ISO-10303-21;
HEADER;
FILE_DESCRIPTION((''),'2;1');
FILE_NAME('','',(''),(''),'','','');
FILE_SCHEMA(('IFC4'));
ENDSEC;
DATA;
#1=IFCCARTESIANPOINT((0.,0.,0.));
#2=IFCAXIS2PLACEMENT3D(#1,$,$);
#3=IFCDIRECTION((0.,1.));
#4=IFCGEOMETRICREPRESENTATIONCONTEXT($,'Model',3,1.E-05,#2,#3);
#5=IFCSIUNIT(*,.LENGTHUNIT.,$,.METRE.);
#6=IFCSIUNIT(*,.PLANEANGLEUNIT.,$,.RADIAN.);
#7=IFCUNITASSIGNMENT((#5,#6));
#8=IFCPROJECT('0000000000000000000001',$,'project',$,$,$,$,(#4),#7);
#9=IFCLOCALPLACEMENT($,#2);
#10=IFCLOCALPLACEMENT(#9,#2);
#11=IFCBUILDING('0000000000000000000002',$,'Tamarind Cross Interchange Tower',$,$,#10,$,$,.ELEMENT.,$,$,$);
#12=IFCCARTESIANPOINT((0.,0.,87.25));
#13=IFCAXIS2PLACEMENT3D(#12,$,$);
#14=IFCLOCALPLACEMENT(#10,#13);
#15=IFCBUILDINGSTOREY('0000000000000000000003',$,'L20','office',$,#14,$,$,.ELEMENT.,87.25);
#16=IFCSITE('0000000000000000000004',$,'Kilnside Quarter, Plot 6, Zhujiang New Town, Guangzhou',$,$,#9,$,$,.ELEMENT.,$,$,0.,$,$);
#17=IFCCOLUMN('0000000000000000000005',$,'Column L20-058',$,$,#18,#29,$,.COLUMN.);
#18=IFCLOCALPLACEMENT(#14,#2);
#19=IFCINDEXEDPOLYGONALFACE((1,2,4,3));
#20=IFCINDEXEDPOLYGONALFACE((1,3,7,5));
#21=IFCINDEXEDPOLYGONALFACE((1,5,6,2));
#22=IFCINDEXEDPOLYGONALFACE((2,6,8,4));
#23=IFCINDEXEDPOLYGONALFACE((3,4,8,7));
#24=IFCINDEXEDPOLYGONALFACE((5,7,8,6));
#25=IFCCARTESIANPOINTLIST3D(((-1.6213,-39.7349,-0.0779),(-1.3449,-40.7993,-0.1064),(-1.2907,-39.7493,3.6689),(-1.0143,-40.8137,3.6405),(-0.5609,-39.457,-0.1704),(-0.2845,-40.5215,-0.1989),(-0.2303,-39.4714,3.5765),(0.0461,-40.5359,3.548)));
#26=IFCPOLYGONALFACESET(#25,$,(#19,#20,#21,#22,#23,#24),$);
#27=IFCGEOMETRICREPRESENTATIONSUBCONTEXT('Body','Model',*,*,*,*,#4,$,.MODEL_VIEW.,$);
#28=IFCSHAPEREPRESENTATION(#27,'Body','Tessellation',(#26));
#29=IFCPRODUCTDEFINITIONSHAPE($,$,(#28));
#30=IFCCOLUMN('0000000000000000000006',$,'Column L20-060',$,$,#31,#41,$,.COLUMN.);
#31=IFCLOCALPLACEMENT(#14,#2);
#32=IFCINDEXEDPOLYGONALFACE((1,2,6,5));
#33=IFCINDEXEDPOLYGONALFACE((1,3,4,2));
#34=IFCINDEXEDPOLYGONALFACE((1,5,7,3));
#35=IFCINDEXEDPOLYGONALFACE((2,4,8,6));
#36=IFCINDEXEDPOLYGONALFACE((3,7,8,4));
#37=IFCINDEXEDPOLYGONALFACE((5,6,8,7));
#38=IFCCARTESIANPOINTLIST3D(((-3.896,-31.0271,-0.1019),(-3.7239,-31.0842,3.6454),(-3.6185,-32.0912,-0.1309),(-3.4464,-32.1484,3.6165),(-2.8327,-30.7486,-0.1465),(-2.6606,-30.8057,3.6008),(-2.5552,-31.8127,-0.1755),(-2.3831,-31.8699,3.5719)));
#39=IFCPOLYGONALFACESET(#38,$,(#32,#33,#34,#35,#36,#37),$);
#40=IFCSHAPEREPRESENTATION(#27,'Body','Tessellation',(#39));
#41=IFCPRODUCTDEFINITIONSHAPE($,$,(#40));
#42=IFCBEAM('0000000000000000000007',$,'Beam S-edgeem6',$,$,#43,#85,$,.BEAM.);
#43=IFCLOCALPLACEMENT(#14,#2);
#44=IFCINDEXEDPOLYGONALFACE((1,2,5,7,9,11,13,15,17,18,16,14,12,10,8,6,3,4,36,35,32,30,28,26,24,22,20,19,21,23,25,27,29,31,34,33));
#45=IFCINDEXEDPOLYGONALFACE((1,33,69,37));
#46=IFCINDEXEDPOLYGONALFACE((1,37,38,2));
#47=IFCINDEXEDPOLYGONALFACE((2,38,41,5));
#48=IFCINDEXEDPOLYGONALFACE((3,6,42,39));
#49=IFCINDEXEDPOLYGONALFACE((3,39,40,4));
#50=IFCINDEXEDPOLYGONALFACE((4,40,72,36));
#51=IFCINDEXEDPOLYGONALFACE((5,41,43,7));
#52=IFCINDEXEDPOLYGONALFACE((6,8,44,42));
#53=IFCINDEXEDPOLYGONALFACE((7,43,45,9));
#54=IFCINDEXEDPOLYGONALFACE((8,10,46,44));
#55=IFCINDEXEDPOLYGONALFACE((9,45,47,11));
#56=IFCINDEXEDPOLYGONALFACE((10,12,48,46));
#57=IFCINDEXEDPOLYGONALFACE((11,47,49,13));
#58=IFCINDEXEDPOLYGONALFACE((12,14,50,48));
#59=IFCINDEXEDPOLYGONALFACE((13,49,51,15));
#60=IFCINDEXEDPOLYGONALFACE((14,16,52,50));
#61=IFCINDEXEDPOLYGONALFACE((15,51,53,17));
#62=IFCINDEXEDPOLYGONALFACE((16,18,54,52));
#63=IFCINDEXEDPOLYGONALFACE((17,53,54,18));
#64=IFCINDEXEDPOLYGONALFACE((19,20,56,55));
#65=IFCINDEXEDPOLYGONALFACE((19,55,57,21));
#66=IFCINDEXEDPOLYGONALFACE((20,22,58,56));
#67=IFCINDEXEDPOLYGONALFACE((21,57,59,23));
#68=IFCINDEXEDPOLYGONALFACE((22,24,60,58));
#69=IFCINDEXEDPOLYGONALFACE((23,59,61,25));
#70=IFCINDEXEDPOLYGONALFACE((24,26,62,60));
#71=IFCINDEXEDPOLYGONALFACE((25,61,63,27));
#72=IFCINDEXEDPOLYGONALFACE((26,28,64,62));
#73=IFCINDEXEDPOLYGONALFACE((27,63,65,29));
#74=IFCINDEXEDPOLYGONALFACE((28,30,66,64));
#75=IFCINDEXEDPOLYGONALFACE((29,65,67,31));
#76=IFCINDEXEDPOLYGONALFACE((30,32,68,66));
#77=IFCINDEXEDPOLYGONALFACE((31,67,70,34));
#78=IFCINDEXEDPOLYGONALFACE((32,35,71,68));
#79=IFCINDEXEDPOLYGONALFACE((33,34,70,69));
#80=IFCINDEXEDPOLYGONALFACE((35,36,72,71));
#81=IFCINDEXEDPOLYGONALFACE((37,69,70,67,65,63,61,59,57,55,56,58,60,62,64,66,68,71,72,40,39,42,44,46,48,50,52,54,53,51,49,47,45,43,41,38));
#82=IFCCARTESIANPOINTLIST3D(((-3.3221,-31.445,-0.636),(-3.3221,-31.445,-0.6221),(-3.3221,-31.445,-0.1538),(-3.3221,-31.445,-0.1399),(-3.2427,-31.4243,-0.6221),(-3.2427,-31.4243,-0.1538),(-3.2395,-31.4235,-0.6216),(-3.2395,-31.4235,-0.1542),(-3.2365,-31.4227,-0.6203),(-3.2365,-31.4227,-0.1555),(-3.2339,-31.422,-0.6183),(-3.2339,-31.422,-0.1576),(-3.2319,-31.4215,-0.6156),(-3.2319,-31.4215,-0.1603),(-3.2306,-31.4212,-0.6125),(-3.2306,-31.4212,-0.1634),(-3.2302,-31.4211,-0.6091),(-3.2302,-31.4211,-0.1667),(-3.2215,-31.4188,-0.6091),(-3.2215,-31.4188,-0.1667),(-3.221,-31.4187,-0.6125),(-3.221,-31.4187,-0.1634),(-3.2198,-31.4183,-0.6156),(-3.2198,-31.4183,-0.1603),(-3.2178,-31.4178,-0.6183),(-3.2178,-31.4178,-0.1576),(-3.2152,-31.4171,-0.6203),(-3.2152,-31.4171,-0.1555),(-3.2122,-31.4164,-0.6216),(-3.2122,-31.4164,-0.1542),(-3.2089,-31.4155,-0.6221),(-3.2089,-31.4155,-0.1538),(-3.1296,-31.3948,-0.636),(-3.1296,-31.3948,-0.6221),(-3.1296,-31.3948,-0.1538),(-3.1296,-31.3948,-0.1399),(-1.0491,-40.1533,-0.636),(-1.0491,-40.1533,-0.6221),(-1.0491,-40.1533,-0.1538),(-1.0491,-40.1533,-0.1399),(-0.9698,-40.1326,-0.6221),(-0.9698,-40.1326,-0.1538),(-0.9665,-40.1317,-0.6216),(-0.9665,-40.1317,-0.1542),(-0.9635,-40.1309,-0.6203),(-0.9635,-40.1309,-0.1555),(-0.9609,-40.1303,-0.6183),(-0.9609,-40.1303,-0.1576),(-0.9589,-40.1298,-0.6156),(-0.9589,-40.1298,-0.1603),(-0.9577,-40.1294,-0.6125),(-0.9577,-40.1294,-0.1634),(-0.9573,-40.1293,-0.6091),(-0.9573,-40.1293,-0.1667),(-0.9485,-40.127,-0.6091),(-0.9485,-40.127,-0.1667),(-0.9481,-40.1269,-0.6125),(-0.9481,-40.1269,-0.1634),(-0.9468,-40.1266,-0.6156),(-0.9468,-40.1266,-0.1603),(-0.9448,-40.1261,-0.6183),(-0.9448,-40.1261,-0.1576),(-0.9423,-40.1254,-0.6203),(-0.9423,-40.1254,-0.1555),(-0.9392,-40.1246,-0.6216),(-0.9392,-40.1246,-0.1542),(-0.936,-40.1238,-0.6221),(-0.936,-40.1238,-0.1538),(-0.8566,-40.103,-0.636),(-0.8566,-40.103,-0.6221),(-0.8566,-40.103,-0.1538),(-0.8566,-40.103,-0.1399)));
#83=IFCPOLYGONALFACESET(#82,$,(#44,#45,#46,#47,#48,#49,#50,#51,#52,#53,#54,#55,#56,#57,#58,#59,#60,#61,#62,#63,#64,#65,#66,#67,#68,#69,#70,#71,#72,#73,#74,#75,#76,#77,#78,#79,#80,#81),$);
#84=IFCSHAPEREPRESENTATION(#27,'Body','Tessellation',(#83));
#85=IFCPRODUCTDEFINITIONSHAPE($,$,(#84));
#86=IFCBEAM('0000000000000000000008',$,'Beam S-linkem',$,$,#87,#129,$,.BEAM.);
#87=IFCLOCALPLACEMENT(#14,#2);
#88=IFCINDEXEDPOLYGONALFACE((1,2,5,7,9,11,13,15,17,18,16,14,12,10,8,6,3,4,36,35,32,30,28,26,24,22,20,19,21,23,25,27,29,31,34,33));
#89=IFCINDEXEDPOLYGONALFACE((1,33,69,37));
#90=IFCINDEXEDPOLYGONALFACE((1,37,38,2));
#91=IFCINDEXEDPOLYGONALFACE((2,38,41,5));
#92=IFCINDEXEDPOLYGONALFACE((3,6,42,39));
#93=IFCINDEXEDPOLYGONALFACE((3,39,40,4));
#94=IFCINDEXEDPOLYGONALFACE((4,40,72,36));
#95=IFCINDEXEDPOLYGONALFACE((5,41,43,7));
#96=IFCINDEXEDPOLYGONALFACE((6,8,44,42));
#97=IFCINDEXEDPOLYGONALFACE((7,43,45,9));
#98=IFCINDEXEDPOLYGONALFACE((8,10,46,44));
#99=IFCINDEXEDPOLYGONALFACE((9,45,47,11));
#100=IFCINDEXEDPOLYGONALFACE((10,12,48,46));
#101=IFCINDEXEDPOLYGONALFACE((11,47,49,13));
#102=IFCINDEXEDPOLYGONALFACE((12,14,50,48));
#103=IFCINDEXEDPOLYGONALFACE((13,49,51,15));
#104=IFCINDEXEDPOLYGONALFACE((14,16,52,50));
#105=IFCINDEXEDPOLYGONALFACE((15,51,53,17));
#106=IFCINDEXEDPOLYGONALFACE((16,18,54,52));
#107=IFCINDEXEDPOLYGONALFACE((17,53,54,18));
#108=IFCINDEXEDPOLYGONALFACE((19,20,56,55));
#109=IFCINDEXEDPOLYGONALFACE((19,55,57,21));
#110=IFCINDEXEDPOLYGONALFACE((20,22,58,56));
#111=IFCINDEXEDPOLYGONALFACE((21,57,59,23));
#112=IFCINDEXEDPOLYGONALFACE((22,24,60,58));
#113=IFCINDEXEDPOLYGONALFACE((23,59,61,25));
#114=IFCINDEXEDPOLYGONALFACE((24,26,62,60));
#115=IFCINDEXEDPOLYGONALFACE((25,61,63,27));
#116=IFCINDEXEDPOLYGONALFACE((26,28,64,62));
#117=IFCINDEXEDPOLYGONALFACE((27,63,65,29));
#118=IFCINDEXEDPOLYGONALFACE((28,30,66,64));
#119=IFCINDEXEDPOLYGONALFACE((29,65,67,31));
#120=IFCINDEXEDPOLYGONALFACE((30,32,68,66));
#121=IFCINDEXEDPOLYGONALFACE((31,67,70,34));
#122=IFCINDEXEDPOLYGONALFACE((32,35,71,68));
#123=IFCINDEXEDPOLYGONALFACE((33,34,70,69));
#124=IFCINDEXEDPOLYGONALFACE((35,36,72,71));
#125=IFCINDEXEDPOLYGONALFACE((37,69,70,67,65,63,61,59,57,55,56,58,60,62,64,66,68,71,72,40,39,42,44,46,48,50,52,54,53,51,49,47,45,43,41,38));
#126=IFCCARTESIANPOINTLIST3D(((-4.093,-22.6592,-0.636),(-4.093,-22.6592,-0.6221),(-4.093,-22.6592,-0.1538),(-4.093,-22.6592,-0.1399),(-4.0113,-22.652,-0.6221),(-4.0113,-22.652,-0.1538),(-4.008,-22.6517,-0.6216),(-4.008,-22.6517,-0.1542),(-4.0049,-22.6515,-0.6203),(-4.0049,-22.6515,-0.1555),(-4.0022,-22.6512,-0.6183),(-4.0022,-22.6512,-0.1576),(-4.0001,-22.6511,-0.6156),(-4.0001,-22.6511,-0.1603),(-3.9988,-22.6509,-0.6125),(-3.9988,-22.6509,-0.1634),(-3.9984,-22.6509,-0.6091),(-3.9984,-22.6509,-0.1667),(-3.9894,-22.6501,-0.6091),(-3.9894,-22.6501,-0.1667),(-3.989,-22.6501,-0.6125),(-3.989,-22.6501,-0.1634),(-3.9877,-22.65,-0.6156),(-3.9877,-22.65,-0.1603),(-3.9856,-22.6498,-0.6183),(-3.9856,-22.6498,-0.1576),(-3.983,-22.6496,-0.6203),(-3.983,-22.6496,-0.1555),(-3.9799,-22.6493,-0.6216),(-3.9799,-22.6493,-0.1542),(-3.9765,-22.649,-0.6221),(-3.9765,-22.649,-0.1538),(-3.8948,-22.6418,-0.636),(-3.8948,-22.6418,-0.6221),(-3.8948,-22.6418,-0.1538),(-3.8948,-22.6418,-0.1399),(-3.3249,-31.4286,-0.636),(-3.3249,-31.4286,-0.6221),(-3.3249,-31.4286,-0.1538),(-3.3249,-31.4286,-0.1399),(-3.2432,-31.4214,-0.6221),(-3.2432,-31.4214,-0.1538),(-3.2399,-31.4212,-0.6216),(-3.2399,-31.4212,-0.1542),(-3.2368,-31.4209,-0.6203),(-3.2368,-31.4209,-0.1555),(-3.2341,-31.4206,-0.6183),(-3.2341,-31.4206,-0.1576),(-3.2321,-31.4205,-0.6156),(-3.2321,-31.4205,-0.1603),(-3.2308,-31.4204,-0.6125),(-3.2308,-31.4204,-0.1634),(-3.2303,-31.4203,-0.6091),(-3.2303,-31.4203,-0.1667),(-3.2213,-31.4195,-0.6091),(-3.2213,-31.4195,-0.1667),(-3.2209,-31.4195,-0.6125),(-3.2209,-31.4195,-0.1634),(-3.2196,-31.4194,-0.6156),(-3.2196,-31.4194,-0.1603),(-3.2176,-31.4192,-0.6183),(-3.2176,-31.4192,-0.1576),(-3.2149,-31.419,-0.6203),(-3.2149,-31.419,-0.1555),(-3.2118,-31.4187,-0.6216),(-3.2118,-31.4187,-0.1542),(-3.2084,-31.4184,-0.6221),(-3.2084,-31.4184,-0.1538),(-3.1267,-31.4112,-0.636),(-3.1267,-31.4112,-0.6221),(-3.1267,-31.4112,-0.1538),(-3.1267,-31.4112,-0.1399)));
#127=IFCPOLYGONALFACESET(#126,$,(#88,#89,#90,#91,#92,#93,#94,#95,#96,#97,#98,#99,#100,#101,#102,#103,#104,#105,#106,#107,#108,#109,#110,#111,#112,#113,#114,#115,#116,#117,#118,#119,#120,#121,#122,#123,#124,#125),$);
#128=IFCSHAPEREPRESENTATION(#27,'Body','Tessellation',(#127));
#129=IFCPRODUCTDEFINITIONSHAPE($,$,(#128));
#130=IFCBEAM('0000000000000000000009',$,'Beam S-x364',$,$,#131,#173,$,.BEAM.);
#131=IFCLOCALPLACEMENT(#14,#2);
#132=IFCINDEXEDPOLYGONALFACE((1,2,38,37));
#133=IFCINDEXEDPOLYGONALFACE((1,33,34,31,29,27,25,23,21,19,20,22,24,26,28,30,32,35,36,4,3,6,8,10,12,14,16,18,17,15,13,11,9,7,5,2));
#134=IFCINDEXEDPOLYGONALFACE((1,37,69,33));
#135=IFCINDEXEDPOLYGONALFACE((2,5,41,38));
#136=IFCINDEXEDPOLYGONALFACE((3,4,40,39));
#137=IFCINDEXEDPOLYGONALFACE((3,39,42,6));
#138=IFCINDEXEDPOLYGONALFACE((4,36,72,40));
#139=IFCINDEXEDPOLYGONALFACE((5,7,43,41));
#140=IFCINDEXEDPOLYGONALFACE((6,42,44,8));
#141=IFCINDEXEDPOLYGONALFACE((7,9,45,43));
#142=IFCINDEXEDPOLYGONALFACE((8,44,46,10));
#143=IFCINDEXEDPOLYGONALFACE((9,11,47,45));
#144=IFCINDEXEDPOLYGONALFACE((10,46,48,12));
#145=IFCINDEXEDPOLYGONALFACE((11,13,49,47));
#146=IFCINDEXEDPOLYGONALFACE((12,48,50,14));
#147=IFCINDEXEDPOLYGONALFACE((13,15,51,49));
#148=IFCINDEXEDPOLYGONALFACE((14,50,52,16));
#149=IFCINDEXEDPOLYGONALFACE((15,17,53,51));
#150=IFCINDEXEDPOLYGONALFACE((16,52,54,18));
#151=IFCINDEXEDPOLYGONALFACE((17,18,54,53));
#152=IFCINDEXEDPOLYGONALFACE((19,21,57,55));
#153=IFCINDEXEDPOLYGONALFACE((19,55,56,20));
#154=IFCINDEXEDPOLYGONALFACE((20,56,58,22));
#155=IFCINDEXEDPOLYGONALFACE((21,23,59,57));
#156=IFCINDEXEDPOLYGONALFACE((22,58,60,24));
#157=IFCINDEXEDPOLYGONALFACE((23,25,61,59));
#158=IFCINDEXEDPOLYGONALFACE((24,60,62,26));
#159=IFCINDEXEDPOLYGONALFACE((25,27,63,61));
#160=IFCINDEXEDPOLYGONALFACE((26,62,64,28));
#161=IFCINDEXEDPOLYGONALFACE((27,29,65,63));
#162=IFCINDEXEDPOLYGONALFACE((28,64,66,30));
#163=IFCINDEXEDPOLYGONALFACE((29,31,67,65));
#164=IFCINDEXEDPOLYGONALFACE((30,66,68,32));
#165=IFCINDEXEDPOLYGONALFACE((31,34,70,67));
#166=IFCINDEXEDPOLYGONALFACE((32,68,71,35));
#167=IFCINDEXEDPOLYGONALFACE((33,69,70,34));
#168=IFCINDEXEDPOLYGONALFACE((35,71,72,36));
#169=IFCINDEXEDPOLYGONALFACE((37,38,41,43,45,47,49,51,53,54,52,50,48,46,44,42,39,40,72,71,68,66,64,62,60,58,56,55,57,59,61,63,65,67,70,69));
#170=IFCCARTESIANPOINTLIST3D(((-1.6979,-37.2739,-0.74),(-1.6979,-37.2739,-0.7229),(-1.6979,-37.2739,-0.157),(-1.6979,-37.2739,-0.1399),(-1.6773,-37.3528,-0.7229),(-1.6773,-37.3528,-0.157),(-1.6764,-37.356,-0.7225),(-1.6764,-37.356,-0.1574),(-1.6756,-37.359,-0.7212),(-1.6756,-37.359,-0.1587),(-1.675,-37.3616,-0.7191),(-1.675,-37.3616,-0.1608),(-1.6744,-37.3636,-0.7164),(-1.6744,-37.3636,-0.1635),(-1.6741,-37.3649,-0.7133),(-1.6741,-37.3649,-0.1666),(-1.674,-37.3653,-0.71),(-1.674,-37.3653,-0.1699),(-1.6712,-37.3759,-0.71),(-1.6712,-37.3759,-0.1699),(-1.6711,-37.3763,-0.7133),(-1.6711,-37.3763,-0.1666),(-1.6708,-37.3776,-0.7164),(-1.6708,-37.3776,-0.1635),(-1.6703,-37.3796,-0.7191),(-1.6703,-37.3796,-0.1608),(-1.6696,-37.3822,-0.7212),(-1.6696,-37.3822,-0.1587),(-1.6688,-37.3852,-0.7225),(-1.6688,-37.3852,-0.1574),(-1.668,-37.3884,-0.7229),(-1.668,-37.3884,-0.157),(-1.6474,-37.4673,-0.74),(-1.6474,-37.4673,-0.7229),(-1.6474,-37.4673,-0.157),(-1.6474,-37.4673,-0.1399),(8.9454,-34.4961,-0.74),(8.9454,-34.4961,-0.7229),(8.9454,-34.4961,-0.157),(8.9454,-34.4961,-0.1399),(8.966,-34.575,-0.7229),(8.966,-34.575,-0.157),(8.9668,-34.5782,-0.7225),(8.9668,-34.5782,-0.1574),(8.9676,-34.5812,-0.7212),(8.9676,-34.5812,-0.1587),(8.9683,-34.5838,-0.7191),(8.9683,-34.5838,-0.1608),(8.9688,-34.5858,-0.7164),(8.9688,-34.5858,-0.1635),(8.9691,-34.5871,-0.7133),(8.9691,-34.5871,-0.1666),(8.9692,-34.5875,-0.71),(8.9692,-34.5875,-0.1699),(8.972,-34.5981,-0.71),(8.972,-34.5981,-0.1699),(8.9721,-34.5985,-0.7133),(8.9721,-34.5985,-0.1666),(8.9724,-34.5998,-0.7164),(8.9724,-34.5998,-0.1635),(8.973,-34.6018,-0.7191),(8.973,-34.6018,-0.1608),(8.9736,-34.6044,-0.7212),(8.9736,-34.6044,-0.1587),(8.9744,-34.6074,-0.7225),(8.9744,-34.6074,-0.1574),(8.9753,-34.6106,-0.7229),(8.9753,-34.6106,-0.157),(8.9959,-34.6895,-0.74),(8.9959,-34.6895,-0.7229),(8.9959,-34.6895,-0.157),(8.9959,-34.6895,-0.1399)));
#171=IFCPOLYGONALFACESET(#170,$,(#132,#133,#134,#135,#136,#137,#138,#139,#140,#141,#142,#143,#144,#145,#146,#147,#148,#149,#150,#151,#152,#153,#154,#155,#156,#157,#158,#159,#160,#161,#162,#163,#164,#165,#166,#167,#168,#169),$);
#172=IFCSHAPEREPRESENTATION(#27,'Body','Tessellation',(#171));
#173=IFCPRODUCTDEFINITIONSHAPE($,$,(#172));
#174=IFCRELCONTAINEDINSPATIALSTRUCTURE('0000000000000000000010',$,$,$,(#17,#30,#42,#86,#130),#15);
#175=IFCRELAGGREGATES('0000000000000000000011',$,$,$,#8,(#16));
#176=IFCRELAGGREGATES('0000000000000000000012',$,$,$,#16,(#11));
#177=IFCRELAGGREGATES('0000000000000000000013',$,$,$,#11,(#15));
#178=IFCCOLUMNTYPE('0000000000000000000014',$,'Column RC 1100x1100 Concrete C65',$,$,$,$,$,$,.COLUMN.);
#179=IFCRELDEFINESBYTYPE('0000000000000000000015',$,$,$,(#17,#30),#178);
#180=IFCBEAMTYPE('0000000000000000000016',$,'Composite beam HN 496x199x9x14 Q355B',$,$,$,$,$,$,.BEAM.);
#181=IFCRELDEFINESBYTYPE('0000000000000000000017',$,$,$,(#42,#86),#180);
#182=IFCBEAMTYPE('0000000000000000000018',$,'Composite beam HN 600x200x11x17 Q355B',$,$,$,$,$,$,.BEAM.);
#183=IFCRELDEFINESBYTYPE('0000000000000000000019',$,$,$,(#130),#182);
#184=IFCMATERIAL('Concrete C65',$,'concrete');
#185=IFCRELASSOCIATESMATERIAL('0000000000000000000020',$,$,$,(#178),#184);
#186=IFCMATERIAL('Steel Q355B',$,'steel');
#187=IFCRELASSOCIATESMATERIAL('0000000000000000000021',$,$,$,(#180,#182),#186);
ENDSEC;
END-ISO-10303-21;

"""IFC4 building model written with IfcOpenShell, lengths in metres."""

from ifc_helpers import new_model, si_unit, direction, frame, origin, origin_2d, place, context, subcontext, project, spatial, rectangle, i_section, extrude, material, material_profile, profile_set, type_object, element, save


model = new_model("IFC4")

# Units and contexts
model_context = context("Model", 3, precision=1e-05, world=origin(), true_north=direction((0.0, 1.0)))
body_context = subcontext(model_context, "Body", "Model", "MODEL_VIEW")
ifc_project = project(units=[si_unit("LENGTHUNIT", "METRE"), si_unit("PLANEANGLEUNIT", "RADIAN")], contexts=[model_context])

# Site, building, storey
site_placement = place(None, origin())
site = spatial("IfcSite", under=ifc_project, at=site_placement, Name="Kilnside Quarter, Plot 6, Zhujiang New Town, Guangzhou", CompositionType="ELEMENT", RefElevation=0.0)
building_placement = place(site_placement, origin())
building = spatial("IfcBuilding", under=site, at=building_placement, Name="Tamarind Cross Interchange Tower", CompositionType="ELEMENT")
storey_placement = place(building_placement, frame((0.0, 0.0, 87.25)))
storey = spatial("IfcBuildingStorey", under=building, at=storey_placement, Name="L20", Description="office", CompositionType="ELEMENT", Elevation=87.25)

# Columns
ifc_material_1 = material(Name="Concrete C65", Category="concrete")
ifc_material_profile_1 = material_profile(ifc_material_1, rectangle(XDim=1.1001, YDim=1.1001, at=origin_2d()), Name="RC 1100x1100")
ifc_profile_set_1 = profile_set([ifc_material_profile_1], Name="Concrete C65")
column_type = type_object("IfcColumnType", Name="Column RC 1100x1100 Concrete C65", PredefinedType="COLUMN", material=ifc_profile_set_1)
column_1_placement = place(storey_placement, frame((-0.9529, -40.1282, -0.1384), z_axis=(0.087884, -0.003829, 0.996123), x_axis=(-0.25125, 0.967576, 0.025886)))
element("IfcColumn", 1, at=column_1_placement, inside=storey, type_object=column_type, Name="Column L20-058", PredefinedType="COLUMN", context=body_context, shape_type="SweptSolid", body=[
    extrude(rectangle(XDim=1.1001, YDim=1.1001, at=origin_2d()), origin(), (0.0, 0.0, 1.0), 3.7615),
])
column_2_placement = place(storey_placement, frame((-3.2256, -31.4199, -0.1387), z_axis=(0.045878, -0.015227, 0.998831), x_axis=(-0.252247, 0.967305, 0.026333)))
element("IfcColumn", 2, at=column_2_placement, inside=storey, type_object=column_type, Name="Column L20-060", PredefinedType="COLUMN", context=body_context, shape_type="SweptSolid", body=[
    extrude(rectangle(XDim=1.1001, YDim=1.1001, at=origin_2d()), origin(), (0.0, 0.0, 1.0), 3.7517),
])

# Beams
ifc_material_2 = material(Name="Steel Q355B", Category="steel")
ifc_material_profile_2 = material_profile(ifc_material_2, i_section(OverallWidth=0.199, OverallDepth=0.4961, WebThickness=0.009, FlangeThickness=0.0139, FilletRadius=0.0129, at=origin_2d()), Name="HN 496x199x9x14")
ifc_profile_set_2 = profile_set([ifc_material_profile_2], Name="Steel Q355B")
beam_type_1 = type_object("IfcBeamType", Name="Composite beam HN 496x199x9x14 Q355B", PredefinedType="BEAM", material=ifc_profile_set_2)
beam_1_placement = place(storey_placement, frame((-0.9529, -40.1282, -0.3879), z_axis=(-0.25255, 0.967584, 0.0), x_axis=(-0.967584, -0.25255, 0.0)))
element("IfcBeam", 3, at=beam_1_placement, inside=storey, type_object=beam_type_1, Name="Beam S-edgeem6", PredefinedType="BEAM", context=body_context, shape_type="SweptSolid", body=[
    extrude(i_section(OverallWidth=0.199, OverallDepth=0.4961, WebThickness=0.009, FlangeThickness=0.0139, FilletRadius=0.0129, at=origin_2d()), origin(), (0.0, 0.0, 1.0), 9.0),
])
beam_2_placement = place(storey_placement, frame((-3.2258, -31.4199, -0.3879), z_axis=(-0.087252, 0.996186, 0.0), x_axis=(-0.996186, -0.087252, 0.0)))
element("IfcBeam", 4, at=beam_2_placement, inside=storey, type_object=beam_type_1, Name="Beam S-linkem", PredefinedType="BEAM", context=body_context, shape_type="SweptSolid", body=[
    extrude(i_section(OverallWidth=0.199, OverallDepth=0.4961, WebThickness=0.009, FlangeThickness=0.0139, FilletRadius=0.0129, at=origin_2d()), origin(), (0.0, 0.0, 1.0), 8.803),
])
ifc_material_profile_3 = material_profile(ifc_material_2, i_section(OverallWidth=0.2, OverallDepth=0.6001, WebThickness=0.011, FlangeThickness=0.0171, FilletRadius=0.0129, at=origin_2d()), Name="HN 600x200x11x17")
ifc_profile_set_3 = profile_set([ifc_material_profile_3], Name="Steel Q355B")
beam_type_2 = type_object("IfcBeamType", Name="Composite beam HN 600x200x11x17 Q355B", PredefinedType="BEAM", material=ifc_profile_set_3)
for number, where, z_axis, x_axis, name in (
    (5, (-1.6726, -37.3706, -0.4399), (0.967588, 0.252534, 0.0), (-0.252534, 0.967588, 0.0), "Beam S-x364"),
):
    element("IfcBeam", number, at=place(storey_placement, frame(where, z_axis=z_axis, x_axis=x_axis)), inside=storey, type_object=beam_type_2, Name=name, PredefinedType="BEAM", context=body_context, shape_type="SweptSolid", body=[
        extrude(i_section(OverallWidth=0.2, OverallDepth=0.6001, WebThickness=0.011, FlangeThickness=0.0171, FilletRadius=0.0129, at=origin_2d()), origin(), (0.0, 0.0, 1.0), 10.9998),
    ])

save(model, "model.ifc")
